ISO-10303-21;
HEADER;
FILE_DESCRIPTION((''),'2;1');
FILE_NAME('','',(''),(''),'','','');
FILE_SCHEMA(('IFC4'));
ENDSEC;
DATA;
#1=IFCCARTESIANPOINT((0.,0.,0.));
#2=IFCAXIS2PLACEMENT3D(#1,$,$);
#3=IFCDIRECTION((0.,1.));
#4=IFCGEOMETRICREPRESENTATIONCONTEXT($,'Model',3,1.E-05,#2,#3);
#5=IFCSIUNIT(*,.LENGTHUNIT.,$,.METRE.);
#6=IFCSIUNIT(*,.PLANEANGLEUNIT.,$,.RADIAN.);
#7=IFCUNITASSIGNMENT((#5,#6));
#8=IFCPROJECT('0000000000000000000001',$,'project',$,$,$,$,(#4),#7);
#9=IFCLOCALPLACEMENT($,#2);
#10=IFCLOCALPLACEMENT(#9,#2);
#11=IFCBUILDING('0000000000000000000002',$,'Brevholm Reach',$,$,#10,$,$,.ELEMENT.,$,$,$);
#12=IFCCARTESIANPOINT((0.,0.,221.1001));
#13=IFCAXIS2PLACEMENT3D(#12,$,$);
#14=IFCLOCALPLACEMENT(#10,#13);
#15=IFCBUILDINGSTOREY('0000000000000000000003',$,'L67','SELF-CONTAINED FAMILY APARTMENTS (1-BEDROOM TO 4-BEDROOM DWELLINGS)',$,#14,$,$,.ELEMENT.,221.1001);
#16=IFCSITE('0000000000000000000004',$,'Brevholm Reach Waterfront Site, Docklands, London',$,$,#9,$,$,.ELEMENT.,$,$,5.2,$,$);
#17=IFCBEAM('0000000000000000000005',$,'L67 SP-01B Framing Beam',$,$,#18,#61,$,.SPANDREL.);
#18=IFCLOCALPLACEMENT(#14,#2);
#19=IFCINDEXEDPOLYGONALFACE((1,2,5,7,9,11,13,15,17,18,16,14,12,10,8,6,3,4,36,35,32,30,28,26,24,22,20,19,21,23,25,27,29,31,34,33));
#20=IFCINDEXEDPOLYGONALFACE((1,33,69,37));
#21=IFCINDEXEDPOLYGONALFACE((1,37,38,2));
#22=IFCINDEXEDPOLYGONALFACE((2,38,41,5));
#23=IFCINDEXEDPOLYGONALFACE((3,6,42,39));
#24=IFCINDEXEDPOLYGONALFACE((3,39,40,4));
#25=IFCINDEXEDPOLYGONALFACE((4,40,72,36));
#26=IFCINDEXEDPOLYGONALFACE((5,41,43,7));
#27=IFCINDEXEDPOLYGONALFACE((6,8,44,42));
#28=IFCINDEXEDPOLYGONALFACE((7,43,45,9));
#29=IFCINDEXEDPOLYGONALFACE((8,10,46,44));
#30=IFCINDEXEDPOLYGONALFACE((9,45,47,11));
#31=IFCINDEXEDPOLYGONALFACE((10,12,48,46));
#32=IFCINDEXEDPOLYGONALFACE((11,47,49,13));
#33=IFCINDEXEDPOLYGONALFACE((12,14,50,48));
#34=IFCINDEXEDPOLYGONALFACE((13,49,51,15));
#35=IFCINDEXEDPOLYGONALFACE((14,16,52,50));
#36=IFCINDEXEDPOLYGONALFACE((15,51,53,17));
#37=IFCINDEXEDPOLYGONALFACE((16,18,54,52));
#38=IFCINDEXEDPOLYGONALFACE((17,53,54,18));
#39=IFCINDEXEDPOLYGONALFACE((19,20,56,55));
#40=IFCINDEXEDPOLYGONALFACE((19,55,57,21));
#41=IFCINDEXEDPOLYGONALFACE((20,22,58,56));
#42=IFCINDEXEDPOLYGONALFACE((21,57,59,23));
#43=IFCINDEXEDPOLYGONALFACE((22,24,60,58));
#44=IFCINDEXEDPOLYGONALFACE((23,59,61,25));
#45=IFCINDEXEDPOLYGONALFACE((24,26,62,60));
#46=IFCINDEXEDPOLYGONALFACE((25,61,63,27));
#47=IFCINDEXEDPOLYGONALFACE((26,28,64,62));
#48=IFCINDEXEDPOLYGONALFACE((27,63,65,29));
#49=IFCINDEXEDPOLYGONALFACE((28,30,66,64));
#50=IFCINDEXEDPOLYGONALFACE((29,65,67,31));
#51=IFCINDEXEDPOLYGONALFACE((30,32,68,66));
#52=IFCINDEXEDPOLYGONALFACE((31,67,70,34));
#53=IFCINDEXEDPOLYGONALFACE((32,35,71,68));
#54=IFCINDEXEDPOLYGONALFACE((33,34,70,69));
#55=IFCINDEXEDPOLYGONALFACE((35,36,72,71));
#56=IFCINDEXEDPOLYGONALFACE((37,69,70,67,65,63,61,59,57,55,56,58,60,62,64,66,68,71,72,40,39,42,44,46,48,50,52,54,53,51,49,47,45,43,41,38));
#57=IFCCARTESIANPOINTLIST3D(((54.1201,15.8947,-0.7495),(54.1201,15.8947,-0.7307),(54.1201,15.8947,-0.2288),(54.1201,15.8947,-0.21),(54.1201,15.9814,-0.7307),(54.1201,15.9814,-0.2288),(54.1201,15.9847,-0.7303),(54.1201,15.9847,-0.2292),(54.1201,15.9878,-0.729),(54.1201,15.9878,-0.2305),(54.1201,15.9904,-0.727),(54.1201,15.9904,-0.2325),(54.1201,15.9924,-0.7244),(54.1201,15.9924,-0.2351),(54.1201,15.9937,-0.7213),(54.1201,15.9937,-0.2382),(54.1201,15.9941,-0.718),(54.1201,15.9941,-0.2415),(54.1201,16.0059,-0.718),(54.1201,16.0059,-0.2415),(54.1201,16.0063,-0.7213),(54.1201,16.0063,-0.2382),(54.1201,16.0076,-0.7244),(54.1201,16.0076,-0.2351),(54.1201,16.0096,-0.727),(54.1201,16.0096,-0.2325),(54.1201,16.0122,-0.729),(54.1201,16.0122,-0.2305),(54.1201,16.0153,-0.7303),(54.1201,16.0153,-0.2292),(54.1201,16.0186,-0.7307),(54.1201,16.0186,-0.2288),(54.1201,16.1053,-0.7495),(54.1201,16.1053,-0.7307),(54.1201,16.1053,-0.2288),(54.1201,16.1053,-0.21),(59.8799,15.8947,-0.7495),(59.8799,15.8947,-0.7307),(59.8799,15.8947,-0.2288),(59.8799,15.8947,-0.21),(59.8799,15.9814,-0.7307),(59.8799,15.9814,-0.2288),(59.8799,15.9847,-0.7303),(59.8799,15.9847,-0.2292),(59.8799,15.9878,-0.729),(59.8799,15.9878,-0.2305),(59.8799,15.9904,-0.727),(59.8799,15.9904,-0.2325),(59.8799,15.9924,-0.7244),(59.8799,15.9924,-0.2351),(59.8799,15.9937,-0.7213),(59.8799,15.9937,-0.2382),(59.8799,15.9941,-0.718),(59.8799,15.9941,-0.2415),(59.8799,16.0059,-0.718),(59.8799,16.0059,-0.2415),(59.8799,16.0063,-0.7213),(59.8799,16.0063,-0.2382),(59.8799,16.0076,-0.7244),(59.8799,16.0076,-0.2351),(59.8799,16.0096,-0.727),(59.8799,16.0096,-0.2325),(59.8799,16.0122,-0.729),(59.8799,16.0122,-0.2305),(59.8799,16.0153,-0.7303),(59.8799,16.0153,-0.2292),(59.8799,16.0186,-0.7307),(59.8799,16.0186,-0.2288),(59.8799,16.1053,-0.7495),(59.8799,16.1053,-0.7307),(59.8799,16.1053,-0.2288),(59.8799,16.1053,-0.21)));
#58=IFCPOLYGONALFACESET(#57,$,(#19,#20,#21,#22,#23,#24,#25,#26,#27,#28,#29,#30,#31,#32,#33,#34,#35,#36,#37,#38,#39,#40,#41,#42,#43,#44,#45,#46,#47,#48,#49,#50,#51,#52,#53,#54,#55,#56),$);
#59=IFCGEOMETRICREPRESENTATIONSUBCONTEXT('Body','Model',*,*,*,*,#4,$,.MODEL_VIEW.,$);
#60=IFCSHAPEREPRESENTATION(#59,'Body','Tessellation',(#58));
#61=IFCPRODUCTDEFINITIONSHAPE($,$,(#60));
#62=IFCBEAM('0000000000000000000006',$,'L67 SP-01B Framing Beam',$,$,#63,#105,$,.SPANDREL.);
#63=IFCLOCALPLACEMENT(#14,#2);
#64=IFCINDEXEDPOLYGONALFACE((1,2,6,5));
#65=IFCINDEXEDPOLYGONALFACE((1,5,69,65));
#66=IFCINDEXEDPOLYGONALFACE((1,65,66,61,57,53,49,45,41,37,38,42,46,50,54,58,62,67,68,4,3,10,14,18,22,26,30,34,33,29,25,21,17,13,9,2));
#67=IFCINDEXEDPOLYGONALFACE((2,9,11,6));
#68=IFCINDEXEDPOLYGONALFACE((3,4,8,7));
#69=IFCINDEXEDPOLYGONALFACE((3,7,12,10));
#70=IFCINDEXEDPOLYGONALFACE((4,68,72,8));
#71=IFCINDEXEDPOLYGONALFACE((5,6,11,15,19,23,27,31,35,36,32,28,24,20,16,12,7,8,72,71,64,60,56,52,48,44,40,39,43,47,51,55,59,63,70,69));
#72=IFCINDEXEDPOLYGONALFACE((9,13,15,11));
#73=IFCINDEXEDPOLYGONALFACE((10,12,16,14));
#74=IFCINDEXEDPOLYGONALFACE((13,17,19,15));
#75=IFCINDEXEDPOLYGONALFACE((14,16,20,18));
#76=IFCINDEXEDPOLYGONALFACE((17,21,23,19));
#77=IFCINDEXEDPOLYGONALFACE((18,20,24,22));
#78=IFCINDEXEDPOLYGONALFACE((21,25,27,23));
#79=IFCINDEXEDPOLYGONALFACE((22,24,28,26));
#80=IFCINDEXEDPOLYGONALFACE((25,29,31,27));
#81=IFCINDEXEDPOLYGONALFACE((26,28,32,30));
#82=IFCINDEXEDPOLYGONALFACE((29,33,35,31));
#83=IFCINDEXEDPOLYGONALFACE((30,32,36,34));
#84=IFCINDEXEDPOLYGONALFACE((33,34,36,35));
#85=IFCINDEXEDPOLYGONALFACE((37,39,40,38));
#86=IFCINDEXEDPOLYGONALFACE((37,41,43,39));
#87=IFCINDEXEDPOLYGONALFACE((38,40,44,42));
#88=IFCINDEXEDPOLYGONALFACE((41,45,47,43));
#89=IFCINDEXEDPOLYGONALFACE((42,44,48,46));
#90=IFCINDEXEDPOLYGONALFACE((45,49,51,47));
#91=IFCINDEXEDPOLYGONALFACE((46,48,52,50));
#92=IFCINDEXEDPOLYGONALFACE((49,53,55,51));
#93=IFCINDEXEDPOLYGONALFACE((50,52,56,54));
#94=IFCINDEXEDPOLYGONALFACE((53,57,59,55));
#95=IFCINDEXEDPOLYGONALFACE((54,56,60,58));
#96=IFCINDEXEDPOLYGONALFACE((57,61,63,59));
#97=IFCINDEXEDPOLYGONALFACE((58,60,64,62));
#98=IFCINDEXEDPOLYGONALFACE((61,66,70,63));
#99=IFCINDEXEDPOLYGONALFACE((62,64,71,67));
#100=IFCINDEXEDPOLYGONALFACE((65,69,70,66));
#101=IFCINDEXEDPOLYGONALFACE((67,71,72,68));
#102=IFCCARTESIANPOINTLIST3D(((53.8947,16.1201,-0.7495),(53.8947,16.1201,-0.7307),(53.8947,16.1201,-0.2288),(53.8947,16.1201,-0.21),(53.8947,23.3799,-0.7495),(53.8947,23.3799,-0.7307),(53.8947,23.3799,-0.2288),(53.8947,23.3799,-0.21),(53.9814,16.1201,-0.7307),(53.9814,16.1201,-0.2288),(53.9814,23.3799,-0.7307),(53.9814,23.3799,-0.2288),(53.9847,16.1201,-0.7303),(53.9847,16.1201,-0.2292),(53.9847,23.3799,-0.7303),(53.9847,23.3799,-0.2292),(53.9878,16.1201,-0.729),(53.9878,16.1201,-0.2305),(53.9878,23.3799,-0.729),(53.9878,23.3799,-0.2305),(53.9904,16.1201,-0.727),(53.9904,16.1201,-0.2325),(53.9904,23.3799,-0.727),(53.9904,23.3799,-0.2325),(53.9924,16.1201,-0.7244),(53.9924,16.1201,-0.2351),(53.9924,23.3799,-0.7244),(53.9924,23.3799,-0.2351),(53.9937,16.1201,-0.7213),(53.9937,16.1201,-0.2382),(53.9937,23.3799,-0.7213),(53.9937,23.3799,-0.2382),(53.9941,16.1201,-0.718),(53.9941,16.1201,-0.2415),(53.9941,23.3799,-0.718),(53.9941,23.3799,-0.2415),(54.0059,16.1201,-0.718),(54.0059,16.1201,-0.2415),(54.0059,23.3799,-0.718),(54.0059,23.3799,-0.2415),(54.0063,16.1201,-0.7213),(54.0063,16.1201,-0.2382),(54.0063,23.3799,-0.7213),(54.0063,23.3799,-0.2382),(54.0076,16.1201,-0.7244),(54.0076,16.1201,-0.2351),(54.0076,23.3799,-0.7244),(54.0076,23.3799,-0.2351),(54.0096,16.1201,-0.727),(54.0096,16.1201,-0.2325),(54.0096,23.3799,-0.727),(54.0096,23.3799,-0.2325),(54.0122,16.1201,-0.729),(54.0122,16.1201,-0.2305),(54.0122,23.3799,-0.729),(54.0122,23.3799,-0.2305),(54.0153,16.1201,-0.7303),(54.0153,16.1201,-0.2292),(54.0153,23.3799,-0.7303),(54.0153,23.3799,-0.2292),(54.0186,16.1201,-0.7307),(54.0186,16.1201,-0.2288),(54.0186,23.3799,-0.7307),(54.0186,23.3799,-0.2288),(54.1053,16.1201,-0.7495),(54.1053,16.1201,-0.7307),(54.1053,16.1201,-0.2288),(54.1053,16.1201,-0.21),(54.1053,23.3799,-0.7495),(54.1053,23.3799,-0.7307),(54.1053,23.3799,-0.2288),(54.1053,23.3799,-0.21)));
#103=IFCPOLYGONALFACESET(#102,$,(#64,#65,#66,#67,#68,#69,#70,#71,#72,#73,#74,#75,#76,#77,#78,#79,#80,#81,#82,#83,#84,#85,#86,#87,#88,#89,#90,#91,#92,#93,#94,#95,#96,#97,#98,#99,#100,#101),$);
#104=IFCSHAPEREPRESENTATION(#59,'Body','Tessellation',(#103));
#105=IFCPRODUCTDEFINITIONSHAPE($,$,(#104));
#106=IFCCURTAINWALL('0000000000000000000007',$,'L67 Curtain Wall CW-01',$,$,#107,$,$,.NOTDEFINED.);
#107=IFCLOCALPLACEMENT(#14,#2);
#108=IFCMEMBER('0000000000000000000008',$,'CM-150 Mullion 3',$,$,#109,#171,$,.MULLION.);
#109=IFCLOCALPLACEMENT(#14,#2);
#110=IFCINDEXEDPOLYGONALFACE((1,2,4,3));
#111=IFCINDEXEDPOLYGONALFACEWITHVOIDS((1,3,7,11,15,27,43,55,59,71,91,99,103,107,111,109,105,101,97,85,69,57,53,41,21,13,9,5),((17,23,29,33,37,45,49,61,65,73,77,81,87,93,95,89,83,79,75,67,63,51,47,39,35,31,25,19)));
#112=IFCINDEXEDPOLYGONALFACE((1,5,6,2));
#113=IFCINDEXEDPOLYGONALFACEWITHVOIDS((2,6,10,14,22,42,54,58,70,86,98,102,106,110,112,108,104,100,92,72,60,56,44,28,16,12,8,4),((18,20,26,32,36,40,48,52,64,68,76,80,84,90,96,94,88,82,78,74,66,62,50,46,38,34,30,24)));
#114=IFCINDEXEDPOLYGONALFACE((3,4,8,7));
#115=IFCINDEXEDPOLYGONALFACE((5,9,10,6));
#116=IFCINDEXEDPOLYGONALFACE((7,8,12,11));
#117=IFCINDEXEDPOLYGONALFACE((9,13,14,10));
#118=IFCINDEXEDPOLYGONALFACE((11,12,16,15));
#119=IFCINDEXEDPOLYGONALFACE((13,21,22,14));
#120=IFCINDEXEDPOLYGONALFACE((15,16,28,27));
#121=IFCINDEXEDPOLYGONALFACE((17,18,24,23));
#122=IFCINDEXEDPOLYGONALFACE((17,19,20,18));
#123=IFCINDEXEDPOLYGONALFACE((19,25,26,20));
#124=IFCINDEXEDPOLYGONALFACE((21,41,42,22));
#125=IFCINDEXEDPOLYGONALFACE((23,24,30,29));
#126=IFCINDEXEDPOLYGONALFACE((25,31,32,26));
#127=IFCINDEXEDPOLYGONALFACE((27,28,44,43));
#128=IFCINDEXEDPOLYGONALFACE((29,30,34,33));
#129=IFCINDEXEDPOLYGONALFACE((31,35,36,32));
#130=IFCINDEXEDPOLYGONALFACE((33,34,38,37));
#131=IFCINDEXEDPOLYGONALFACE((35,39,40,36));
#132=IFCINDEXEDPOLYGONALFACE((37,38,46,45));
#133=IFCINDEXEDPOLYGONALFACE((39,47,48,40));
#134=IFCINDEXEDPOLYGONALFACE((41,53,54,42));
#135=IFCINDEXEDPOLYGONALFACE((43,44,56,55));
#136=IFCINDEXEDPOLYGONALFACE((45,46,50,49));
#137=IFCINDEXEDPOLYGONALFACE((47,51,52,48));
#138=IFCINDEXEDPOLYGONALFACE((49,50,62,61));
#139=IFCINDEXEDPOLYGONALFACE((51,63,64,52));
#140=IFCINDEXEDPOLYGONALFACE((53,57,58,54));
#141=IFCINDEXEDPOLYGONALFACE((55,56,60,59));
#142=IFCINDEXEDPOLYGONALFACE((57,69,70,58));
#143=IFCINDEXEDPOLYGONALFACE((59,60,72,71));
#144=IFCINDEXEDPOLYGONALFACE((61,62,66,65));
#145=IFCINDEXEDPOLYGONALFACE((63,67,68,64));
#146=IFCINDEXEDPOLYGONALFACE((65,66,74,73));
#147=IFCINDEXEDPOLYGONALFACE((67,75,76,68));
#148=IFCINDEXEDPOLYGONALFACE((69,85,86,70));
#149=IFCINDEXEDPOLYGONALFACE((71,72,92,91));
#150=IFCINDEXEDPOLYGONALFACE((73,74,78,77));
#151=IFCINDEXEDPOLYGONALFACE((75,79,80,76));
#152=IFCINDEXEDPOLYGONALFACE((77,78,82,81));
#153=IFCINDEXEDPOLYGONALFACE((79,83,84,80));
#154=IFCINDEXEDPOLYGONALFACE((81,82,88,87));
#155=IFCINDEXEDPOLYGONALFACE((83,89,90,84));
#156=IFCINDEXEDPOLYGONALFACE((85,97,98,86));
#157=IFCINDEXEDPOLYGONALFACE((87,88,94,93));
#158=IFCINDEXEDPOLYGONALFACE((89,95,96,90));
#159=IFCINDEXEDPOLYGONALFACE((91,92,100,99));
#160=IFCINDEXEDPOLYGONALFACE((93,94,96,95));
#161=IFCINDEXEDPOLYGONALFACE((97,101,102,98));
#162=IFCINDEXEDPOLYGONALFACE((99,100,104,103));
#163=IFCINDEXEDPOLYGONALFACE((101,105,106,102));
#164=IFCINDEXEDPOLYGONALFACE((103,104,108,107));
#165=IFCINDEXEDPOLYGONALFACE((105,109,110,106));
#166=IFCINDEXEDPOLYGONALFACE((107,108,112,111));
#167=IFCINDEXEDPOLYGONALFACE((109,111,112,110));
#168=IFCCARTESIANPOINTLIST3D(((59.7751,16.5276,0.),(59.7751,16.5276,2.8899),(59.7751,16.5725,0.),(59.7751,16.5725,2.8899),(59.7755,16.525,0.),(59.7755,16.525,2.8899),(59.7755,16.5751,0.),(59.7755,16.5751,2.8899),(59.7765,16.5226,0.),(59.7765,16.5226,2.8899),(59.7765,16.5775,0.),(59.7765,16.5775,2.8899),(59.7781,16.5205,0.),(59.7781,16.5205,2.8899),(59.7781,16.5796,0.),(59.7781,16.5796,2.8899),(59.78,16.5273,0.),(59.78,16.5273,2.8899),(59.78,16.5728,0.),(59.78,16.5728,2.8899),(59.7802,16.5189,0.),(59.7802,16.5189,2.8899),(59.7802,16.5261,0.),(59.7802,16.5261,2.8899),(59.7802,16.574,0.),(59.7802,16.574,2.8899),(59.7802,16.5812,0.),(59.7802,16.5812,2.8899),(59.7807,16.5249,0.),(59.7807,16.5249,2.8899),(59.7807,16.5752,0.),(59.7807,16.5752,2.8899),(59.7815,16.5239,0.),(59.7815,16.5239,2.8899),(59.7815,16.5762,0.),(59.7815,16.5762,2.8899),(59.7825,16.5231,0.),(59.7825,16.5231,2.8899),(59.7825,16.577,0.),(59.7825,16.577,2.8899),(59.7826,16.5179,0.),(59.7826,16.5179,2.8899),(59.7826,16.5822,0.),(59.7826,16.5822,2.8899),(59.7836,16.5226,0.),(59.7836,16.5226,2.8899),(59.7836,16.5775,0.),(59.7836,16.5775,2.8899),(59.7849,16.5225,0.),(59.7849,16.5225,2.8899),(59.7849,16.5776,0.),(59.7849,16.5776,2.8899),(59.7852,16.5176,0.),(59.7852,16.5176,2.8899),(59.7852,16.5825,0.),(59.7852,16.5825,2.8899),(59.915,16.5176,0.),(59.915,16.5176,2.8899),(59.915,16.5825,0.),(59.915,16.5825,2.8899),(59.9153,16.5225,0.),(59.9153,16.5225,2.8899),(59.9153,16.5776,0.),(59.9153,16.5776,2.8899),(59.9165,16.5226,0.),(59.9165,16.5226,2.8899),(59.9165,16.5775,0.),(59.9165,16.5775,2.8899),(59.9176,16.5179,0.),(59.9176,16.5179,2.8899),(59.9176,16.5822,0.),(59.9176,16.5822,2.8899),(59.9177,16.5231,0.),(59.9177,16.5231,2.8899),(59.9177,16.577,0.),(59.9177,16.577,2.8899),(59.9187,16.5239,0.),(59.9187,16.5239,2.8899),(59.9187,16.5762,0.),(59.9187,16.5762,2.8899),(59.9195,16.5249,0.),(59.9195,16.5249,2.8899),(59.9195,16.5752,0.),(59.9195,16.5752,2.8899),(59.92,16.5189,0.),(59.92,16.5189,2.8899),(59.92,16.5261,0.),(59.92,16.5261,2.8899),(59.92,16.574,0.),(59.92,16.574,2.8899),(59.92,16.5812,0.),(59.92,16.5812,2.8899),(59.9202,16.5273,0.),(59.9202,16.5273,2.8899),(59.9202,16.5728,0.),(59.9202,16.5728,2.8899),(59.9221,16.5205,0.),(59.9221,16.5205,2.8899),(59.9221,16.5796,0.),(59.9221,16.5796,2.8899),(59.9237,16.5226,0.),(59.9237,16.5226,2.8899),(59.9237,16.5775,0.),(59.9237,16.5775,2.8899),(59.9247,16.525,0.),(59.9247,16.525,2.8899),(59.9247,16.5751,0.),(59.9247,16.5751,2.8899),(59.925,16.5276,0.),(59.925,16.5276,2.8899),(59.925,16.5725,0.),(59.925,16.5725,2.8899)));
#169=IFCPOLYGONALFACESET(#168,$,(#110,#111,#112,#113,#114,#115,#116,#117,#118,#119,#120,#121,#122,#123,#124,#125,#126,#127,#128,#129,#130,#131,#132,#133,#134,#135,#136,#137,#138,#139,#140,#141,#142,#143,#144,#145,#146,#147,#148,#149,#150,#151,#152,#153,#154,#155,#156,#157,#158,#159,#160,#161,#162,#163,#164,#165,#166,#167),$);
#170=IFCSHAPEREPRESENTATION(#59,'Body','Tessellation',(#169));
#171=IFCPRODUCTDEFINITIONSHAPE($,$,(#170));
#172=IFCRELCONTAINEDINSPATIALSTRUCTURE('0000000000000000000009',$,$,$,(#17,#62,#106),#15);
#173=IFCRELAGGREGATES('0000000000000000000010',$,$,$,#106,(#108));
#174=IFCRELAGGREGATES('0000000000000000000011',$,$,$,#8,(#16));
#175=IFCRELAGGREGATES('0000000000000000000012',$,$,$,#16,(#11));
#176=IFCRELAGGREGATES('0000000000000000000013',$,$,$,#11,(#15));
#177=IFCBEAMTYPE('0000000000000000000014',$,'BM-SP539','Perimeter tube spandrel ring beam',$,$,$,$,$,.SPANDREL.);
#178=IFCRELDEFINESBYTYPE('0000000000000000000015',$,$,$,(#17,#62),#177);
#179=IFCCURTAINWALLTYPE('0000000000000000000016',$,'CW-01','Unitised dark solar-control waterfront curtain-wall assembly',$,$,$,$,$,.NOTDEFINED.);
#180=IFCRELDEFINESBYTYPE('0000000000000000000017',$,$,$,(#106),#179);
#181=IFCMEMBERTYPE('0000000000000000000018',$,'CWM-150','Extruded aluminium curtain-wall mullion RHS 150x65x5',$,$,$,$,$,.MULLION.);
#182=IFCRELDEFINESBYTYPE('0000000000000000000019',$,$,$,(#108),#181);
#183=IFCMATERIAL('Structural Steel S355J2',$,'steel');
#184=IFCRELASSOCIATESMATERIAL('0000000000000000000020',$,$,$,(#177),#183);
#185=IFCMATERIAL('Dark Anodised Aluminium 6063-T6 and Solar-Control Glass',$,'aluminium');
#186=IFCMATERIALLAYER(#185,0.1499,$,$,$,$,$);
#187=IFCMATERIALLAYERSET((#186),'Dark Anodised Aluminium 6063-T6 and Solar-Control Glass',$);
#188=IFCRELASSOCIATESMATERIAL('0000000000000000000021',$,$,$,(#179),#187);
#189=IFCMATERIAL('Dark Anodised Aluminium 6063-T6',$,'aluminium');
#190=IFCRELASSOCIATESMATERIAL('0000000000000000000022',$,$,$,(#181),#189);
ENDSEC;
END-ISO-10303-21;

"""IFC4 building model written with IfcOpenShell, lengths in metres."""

from ifc_helpers import new_model, si_unit, direction, frame, origin, origin_2d, place, context, subcontext, project, spatial, hollow_rectangle, i_section, extrude, material, layer, layer_set, material_profile, profile_set, type_object, element, aggregate, save


model = new_model("IFC4")

# Units and contexts
model_context = context("Model", 3, precision=1e-05, world=origin(), true_north=direction((0.0, 1.0)))
body_context = subcontext(model_context, "Body", "Model", "MODEL_VIEW")
ifc_project = project(units=[si_unit("LENGTHUNIT", "METRE"), si_unit("PLANEANGLEUNIT", "RADIAN")], contexts=[model_context])

# Site, building, storey
site_placement = place(None, origin())
site = spatial("IfcSite", under=ifc_project, at=site_placement, Name="Brevholm Reach Waterfront Site, Docklands, London", CompositionType="ELEMENT", RefElevation=5.2)
building_placement = place(site_placement, origin())
building = spatial("IfcBuilding", under=site, at=building_placement, Name="Brevholm Reach", CompositionType="ELEMENT")
storey_placement = place(building_placement, frame((0.0, 0.0, 221.1001)))
storey = spatial("IfcBuildingStorey", under=building, at=storey_placement, Name="L67", Description="SELF-CONTAINED FAMILY APARTMENTS (1-BEDROOM TO 4-BEDROOM DWELLINGS)", CompositionType="ELEMENT", Elevation=221.1001)

# Beams
ifc_material_1 = material(Name="Structural Steel S355J2", Category="steel")
ifc_material_profile_1 = material_profile(ifc_material_1, i_section(OverallWidth=0.2107, OverallDepth=0.5396, WebThickness=0.0117, FlangeThickness=0.0188, FilletRadius=0.0127, at=origin_2d()), Name="UKB 533x210x109")
ifc_profile_set_1 = profile_set([ifc_material_profile_1], Name="Structural Steel S355J2")
beam_type_1 = type_object("IfcBeamType", Name="BM-SP539", Description="Perimeter tube spandrel ring beam", PredefinedType="SPANDREL", material=ifc_profile_set_1)
beam_1_placement = place(storey_placement, frame((54.1201, 16.0, -0.4797), z_axis=(1.0, 0.0, 0.0), x_axis=(0.0, 1.0, 0.0)))
element("IfcBeam", 1, at=beam_1_placement, inside=storey, type_object=beam_type_1, Name="L67 SP-01B Framing Beam", PredefinedType="SPANDREL", context=body_context, shape_type="SweptSolid", body=[
    extrude(i_section(OverallWidth=0.2107, OverallDepth=0.5396, WebThickness=0.0117, FlangeThickness=0.0188, FilletRadius=0.0127, at=origin_2d()), origin(), (0.0, 0.0, 1.0), 5.7598),
])
beam_2_placement = place(storey_placement, frame((54.0, 16.1201, -0.4797), z_axis=(0.0, 1.0, 0.0), x_axis=(-1.0, 0.0, 0.0)))
element("IfcBeam", 2, at=beam_2_placement, inside=storey, type_object=beam_type_1, Name="L67 SP-01B Framing Beam", PredefinedType="SPANDREL", context=body_context, shape_type="SweptSolid", body=[
    extrude(i_section(OverallWidth=0.2107, OverallDepth=0.5396, WebThickness=0.0117, FlangeThickness=0.0188, FilletRadius=0.0127, at=origin_2d()), origin(), (0.0, 0.0, 1.0), 7.2598),
])

# Curtain wall, member
ifc_material_2 = material(Name="Dark Anodised Aluminium 6063-T6 and Solar-Control Glass", Category="aluminium")
ifc_layer_1 = layer(ifc_material_2, 0.1499)
ifc_layer_set_1 = layer_set([ifc_layer_1], Name="Dark Anodised Aluminium 6063-T6 and Solar-Control Glass")
curtain_wall_type = type_object("IfcCurtainWallType", Name="CW-01", Description="Unitised dark solar-control waterfront curtain-wall assembly", PredefinedType="NOTDEFINED", material=ifc_layer_set_1)
curtain_wall_placement = place(storey_placement, origin())
curtain_wall = element("IfcCurtainWall", 3, at=curtain_wall_placement, inside=storey, type_object=curtain_wall_type, Name="L67 Curtain Wall CW-01", PredefinedType="NOTDEFINED")
ifc_material_3 = material(Name="Dark Anodised Aluminium 6063-T6", Category="aluminium")
ifc_material_profile_2 = material_profile(ifc_material_3, hollow_rectangle(XDim=0.0649, YDim=0.1499, WallThickness=0.0049, InnerFilletRadius=0.0049, OuterFilletRadius=0.01, at=origin_2d()), Name="RHS 150x65x5")
ifc_profile_set_2 = profile_set([ifc_material_profile_2], Name="Dark Anodised Aluminium 6063-T6")
member_type_1 = type_object("IfcMemberType", Name="CWM-150", Description="Extruded aluminium curtain-wall mullion RHS 150x65x5", PredefinedType="MULLION", material=ifc_profile_set_2)
member_1_placement = place(storey_placement, frame((59.8501, 16.55, 0.0), z_axis=(0.0, 0.0, 1.0), x_axis=(0.0, 1.0, 0.0)))
member_1 = element("IfcMember", 4, at=member_1_placement, type_object=member_type_1, Name="CM-150 Mullion 3", PredefinedType="MULLION", context=body_context, shape_type="SweptSolid", body=[
    extrude(hollow_rectangle(XDim=0.0649, YDim=0.1499, WallThickness=0.0049, InnerFilletRadius=0.0049, OuterFilletRadius=0.01, at=origin_2d()), origin(), (0.0, 0.0, 1.0), 2.8899),
])
aggregate(curtain_wall, [member_1])

save(model, "model.ifc")
